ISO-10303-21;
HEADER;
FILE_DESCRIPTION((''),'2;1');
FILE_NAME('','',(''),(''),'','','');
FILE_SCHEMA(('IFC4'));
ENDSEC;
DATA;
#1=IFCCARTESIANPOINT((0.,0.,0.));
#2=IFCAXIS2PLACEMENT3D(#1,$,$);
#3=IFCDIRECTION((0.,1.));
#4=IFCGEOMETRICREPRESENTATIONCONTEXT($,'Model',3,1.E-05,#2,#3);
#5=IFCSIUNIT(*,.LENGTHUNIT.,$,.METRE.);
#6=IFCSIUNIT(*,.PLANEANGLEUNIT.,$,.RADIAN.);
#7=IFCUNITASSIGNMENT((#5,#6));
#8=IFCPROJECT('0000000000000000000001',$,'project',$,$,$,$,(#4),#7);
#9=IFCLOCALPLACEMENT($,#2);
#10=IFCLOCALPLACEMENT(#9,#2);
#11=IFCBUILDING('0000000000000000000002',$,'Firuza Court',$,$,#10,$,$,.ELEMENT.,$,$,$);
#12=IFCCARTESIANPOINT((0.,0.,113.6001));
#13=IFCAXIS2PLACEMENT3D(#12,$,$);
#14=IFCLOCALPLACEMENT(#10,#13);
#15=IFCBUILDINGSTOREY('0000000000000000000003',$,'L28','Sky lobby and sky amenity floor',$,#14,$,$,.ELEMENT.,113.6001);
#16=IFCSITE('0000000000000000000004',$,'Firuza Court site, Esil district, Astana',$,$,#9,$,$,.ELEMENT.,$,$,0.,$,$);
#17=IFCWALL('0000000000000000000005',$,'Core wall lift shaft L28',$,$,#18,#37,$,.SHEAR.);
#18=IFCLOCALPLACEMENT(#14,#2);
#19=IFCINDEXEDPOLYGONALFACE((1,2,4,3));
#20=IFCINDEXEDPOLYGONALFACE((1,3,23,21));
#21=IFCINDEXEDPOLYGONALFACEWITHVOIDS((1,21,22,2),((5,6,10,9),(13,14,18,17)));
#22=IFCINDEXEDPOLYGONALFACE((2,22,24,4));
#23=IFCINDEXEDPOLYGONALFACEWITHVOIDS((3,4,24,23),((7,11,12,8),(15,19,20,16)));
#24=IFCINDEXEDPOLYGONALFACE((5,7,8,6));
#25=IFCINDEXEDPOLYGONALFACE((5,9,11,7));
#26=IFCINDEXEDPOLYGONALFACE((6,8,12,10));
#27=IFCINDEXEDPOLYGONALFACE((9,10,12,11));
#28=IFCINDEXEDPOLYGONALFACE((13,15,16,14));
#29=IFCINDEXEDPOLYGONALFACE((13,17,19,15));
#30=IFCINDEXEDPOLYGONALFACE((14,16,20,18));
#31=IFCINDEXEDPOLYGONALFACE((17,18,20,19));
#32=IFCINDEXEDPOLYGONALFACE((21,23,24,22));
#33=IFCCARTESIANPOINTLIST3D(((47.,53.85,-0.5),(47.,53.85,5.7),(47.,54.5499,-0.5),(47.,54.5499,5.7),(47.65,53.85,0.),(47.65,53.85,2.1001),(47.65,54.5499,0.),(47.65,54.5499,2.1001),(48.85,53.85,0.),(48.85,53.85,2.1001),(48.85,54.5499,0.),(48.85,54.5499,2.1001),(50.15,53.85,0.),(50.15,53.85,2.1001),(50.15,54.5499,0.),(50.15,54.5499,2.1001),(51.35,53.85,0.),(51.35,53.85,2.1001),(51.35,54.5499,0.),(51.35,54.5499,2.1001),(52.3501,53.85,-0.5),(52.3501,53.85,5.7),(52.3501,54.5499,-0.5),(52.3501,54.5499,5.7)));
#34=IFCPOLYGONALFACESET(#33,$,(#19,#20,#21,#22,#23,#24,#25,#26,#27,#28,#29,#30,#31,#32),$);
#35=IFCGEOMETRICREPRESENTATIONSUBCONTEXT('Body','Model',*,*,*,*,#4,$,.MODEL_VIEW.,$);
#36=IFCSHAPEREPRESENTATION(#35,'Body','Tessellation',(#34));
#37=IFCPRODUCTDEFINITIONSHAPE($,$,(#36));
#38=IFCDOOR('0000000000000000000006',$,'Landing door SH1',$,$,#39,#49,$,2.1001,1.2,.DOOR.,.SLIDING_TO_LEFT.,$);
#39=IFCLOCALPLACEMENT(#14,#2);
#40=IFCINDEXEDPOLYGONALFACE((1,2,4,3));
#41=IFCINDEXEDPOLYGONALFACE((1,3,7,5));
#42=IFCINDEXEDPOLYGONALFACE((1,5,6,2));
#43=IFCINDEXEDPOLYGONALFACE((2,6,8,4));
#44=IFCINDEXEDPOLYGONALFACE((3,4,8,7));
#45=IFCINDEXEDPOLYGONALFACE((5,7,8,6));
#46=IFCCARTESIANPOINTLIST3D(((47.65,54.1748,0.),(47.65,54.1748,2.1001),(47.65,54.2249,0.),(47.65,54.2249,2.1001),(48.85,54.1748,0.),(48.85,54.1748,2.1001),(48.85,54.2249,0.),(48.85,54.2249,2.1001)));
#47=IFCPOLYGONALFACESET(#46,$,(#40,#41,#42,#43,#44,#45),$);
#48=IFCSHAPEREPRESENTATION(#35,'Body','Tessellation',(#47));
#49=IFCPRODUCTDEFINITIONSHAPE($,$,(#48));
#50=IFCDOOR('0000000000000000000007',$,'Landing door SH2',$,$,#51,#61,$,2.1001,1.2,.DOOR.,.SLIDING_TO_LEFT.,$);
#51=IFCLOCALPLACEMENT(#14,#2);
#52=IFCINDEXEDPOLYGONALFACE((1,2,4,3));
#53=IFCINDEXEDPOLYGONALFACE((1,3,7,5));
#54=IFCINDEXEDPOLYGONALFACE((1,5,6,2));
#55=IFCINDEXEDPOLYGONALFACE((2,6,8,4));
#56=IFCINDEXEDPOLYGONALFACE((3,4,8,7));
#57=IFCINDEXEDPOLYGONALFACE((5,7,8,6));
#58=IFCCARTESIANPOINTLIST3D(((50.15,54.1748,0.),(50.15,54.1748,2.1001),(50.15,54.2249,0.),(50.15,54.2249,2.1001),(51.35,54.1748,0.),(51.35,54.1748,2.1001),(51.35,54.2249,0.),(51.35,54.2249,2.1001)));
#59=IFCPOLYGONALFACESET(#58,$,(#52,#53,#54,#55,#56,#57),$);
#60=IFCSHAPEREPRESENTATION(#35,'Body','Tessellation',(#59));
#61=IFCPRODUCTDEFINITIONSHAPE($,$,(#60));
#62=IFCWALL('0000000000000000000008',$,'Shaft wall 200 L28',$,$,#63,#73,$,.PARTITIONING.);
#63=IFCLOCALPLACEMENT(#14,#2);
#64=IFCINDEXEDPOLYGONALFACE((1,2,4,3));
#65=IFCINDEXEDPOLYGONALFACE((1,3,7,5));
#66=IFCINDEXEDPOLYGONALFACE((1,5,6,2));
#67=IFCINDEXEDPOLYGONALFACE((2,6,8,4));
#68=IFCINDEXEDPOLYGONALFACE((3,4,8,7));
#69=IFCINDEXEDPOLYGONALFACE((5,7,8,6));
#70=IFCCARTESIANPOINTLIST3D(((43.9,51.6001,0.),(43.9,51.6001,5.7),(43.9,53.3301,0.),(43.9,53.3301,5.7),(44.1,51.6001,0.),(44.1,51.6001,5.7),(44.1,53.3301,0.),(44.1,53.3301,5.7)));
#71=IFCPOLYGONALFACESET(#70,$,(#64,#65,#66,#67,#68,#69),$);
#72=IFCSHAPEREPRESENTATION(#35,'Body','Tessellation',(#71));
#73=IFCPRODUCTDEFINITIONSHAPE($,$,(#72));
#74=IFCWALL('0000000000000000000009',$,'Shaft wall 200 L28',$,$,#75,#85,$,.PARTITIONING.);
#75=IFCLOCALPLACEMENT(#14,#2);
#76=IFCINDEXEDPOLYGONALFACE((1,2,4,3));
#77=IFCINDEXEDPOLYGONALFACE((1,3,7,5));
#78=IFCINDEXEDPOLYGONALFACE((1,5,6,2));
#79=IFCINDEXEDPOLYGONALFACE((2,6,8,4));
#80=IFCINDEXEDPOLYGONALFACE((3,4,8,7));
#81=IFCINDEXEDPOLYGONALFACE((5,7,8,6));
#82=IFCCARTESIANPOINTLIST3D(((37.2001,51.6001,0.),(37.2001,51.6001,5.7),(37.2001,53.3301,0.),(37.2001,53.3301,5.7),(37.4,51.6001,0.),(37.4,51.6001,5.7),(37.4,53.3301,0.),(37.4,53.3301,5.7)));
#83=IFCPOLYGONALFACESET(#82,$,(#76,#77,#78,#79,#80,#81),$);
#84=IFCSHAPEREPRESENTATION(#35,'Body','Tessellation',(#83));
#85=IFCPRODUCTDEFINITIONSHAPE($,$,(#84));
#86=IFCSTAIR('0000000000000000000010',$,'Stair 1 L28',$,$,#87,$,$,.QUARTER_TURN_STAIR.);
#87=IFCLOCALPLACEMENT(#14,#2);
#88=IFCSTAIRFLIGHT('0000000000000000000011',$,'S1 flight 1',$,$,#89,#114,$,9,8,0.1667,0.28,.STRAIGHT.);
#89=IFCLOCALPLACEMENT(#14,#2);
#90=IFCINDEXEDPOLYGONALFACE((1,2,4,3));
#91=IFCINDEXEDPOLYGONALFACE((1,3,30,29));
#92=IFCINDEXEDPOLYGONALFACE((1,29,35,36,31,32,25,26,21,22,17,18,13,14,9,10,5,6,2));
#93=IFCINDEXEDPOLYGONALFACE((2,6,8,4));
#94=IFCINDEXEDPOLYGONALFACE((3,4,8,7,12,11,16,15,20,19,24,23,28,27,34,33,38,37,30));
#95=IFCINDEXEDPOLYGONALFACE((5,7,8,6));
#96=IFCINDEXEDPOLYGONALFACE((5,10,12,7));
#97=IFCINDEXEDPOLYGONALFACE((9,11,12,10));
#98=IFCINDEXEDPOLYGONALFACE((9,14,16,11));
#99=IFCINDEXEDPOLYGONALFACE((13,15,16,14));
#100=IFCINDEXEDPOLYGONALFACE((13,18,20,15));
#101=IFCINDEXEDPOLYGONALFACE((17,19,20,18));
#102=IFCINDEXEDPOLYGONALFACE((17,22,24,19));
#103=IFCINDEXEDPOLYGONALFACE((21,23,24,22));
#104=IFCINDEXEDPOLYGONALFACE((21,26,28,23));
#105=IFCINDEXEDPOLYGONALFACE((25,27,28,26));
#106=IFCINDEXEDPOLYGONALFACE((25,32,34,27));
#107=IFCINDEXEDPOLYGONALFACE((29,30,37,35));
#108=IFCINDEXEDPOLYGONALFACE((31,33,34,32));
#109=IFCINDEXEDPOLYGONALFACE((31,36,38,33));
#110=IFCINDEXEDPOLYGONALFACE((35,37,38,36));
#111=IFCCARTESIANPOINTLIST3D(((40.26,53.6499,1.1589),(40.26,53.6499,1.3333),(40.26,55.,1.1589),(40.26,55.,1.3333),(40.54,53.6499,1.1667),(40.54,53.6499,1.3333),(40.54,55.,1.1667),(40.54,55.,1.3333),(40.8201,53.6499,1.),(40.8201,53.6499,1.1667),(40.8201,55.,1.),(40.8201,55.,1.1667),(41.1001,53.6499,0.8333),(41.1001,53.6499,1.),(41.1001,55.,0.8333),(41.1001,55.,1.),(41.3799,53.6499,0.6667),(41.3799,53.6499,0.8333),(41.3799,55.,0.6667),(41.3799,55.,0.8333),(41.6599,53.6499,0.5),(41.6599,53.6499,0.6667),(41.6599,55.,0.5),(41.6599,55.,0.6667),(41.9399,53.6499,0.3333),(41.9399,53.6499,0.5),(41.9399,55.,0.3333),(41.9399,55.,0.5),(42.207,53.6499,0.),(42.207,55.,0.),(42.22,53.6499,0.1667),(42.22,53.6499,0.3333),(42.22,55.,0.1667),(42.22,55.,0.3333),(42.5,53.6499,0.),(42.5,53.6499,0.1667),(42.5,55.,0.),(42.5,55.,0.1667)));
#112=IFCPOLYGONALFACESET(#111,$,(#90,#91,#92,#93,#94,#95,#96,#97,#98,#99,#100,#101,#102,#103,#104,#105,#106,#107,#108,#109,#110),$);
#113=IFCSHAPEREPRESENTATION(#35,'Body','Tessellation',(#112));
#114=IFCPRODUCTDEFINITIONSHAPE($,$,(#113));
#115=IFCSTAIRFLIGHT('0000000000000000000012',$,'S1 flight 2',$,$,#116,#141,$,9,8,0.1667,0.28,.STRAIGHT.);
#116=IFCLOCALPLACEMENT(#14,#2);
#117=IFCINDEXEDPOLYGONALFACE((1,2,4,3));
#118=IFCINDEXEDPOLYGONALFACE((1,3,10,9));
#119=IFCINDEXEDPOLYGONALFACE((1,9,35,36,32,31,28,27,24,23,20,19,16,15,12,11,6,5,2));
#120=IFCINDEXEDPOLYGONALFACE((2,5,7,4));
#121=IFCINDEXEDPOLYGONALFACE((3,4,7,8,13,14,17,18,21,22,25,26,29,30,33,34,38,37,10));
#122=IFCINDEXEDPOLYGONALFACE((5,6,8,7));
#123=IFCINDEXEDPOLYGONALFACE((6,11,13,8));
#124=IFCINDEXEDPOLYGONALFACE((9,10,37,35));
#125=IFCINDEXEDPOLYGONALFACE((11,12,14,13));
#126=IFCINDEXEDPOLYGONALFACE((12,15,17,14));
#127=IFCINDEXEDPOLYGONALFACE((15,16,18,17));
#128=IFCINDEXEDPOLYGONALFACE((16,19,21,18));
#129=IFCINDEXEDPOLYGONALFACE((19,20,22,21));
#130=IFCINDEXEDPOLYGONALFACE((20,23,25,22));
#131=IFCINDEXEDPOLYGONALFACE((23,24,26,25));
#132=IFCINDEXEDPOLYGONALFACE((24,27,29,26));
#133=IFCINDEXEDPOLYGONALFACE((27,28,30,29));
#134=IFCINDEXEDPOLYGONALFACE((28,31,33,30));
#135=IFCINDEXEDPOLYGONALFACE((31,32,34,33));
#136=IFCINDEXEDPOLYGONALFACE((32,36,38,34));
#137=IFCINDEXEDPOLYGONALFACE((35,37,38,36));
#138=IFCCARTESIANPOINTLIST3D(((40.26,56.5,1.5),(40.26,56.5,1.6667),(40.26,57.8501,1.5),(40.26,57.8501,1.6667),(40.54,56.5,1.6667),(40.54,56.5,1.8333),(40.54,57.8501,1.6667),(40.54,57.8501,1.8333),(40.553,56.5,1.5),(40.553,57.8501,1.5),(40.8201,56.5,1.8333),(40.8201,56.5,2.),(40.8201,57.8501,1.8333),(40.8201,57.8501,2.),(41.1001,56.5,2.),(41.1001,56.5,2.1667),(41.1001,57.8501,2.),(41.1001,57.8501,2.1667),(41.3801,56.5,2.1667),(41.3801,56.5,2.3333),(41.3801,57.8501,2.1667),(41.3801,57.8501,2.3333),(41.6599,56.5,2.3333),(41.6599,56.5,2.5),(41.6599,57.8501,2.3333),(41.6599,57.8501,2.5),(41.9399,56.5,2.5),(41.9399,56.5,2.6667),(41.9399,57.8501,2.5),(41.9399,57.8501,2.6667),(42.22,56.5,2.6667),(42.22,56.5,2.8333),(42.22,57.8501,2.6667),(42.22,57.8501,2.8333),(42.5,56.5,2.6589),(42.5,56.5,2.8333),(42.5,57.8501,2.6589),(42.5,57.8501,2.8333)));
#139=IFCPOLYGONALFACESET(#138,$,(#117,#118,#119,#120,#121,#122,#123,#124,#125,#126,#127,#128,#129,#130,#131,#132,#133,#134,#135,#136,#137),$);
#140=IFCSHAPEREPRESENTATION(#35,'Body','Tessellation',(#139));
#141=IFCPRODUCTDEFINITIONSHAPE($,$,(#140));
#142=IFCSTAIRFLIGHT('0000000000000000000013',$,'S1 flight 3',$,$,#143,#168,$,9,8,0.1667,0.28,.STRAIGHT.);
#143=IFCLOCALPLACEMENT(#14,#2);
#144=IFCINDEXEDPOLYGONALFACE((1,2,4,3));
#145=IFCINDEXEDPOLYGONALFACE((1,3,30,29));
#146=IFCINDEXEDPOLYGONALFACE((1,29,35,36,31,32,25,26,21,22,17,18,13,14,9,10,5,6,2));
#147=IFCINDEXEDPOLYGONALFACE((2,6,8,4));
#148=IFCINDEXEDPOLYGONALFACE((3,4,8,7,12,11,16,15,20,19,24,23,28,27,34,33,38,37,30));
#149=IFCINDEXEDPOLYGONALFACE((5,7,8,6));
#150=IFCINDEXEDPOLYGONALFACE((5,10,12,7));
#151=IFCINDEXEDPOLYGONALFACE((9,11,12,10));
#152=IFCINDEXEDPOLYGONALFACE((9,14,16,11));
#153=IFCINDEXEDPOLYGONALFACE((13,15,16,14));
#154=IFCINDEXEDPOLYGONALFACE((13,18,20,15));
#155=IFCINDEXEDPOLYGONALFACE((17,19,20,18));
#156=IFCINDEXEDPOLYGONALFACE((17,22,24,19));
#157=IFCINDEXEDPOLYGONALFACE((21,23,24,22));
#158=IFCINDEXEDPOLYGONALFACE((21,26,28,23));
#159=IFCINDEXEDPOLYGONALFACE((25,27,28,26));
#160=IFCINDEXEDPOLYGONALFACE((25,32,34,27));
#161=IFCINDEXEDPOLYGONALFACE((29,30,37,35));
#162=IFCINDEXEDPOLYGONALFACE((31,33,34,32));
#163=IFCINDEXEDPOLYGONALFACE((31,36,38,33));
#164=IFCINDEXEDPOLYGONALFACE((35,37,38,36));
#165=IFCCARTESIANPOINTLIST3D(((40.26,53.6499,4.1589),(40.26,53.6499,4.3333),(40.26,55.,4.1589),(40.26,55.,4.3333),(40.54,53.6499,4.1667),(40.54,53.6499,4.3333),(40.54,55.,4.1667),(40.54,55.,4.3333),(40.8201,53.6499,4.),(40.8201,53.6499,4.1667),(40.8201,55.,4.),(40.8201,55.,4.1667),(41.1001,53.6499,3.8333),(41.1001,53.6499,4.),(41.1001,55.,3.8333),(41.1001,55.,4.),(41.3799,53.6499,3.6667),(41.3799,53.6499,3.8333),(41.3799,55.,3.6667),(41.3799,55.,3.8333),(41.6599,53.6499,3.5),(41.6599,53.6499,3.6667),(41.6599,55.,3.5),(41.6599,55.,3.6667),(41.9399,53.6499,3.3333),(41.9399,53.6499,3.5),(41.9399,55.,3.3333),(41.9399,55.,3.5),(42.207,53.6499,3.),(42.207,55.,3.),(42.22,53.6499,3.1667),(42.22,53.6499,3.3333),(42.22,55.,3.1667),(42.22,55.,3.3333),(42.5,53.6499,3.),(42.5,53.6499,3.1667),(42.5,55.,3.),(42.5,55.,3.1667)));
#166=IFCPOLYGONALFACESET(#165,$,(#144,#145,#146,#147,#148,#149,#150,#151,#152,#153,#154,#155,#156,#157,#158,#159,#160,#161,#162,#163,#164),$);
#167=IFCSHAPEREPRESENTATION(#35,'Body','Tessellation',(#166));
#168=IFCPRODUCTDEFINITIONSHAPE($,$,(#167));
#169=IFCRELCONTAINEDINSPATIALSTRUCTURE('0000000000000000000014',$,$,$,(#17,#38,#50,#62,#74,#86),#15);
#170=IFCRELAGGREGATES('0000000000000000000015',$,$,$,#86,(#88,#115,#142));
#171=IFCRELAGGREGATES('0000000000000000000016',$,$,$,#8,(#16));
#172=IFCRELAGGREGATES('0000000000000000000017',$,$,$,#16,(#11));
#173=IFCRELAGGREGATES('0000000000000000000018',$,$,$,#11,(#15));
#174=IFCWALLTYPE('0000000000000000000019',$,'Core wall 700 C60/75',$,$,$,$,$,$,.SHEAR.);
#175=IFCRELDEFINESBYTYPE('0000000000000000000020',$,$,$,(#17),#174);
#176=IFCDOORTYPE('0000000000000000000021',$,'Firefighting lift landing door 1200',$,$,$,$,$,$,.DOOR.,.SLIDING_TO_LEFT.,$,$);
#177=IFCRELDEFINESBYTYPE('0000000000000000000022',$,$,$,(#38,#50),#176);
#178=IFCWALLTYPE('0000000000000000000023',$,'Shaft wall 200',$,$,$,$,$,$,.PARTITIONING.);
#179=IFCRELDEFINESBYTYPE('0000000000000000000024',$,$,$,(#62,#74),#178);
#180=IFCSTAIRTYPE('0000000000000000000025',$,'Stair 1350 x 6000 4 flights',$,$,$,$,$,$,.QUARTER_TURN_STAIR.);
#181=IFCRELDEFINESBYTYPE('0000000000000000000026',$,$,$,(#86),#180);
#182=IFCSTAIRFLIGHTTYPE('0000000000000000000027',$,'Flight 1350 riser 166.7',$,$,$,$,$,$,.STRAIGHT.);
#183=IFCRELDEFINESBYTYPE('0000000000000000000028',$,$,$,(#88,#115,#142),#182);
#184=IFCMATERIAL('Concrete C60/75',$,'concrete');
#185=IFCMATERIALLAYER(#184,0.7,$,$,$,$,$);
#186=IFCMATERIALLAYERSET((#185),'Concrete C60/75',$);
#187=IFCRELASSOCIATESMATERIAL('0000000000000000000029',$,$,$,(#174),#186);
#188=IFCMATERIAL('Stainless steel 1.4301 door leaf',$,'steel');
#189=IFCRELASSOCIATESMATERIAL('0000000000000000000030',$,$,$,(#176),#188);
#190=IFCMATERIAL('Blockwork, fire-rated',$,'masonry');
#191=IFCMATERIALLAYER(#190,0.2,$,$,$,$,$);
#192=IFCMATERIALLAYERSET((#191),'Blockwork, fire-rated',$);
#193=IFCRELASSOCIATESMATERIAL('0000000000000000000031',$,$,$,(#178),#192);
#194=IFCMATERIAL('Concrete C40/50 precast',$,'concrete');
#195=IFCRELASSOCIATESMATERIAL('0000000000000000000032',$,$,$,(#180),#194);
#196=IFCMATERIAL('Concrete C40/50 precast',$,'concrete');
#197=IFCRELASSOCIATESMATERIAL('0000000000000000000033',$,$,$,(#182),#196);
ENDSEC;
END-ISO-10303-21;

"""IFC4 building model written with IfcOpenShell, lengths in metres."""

from ifc_helpers import new_model, si_unit, direction, frame, frame_2d, origin, place, context, subcontext, project, spatial, polyline, rectangle, outline, extrude, material, layer, layer_set, type_object, element, fill, aggregate, save


model = new_model("IFC4")

# Units and contexts
model_context = context("Model", 3, precision=1e-05, world=origin(), true_north=direction((0.0, 1.0)))
body_context = subcontext(model_context, "Body", "Model", "MODEL_VIEW")
ifc_project = project(units=[si_unit("LENGTHUNIT", "METRE"), si_unit("PLANEANGLEUNIT", "RADIAN")], contexts=[model_context])

# Site, building, storey
site_placement = place(None, origin())
site = spatial("IfcSite", under=ifc_project, at=site_placement, Name="Firuza Court site, Esil district, Astana", CompositionType="ELEMENT", RefElevation=0.0)
building_placement = place(site_placement, origin())
building = spatial("IfcBuilding", under=site, at=building_placement, Name="Firuza Court", CompositionType="ELEMENT")
storey_placement = place(building_placement, frame((0.0, 0.0, 113.6001)))
storey = spatial("IfcBuildingStorey", under=building, at=storey_placement, Name="L28", Description="Sky lobby and sky amenity floor", CompositionType="ELEMENT", Elevation=113.6001)

# Shared definitions
ifc_material_1 = material(Name="Concrete C60/75", Category="concrete")

# Wall, openings, doors
ifc_layer_1 = layer(ifc_material_1, 0.7)
ifc_layer_set_1 = layer_set([ifc_layer_1], Name="Concrete C60/75")
wall_type_1 = type_object("IfcWallType", Name="Core wall 700 C60/75", PredefinedType="SHEAR", material=ifc_layer_set_1)
wall_1_placement = place(storey_placement, frame((47.0, 54.2, -0.5), z_axis=(0.0, 0.0, 1.0), x_axis=(1.0, 0.0, 0.0)))
wall_1 = element("IfcWall", 1, at=wall_1_placement, inside=storey, type_object=wall_type_1, Name="Core wall lift shaft L28", PredefinedType="SHEAR", context=body_context, shape_type="SweptSolid", body=[
    extrude(rectangle(XDim=5.3501, YDim=0.7, at=frame_2d((2.675, 0.0))), origin(), (0.0, 0.0, 1.0), 6.2),
])
opening_1_placement = place(wall_1_placement, frame((0.6499, 0.0, 0.5)))
opening_1 = element("IfcOpeningElement", 2, at=opening_1_placement, cuts=wall_1, PredefinedType="OPENING", context=body_context, shape_type="SweptSolid", body=[
    extrude(rectangle(XDim=1.2, YDim=2.1001, at=frame_2d((0.6001, 1.05))), frame((0.0, 0.3618, 0.0), z_axis=(0.0, -1.0, 0.0), x_axis=(1.0, 0.0, 0.0)), (0.0, 0.0, 1.0), 0.7239),
])
opening_2_placement = place(wall_1_placement, frame((3.1499, 0.0, 0.5)))
opening_2 = element("IfcOpeningElement", 3, at=opening_2_placement, cuts=wall_1, PredefinedType="OPENING", context=body_context, shape_type="SweptSolid", body=[
    extrude(rectangle(XDim=1.2, YDim=2.1001, at=frame_2d((0.6001, 1.05))), frame((0.0, 0.3618, 0.0), z_axis=(0.0, -1.0, 0.0), x_axis=(1.0, 0.0, 0.0)), (0.0, 0.0, 1.0), 0.7239),
])
ifc_material_2 = material(Name="Stainless steel 1.4301 door leaf", Category="steel")
door_type_1 = type_object("IfcDoorType", Name="Firefighting lift landing door 1200", OperationType="SLIDING_TO_LEFT", PredefinedType="DOOR", material=ifc_material_2)
door_1_placement = place(opening_1_placement, origin())
door_1 = element("IfcDoor", 4, at=door_1_placement, inside=storey, type_object=door_type_1, Name="Landing door SH1", OperationType="SLIDING_TO_LEFT", OverallHeight=2.1001, OverallWidth=1.2, PredefinedType="DOOR", context=body_context, shape_type="SweptSolid", body=[
    extrude(rectangle(XDim=1.2, YDim=2.1001, at=frame_2d((0.6001, 1.05))), frame((0.0, 0.0249, 0.0), z_axis=(0.0, -1.0, 0.0), x_axis=(1.0, 0.0, 0.0)), (0.0, 0.0, 1.0), 0.05),
])
fill(opening_1, door_1)
door_2_placement = place(opening_2_placement, origin())
door_2 = element("IfcDoor", 5, at=door_2_placement, inside=storey, type_object=door_type_1, Name="Landing door SH2", OperationType="SLIDING_TO_LEFT", OverallHeight=2.1001, OverallWidth=1.2, PredefinedType="DOOR", context=body_context, shape_type="SweptSolid", body=[
    extrude(rectangle(XDim=1.2, YDim=2.1001, at=frame_2d((0.6001, 1.05))), frame((0.0, 0.0249, 0.0), z_axis=(0.0, -1.0, 0.0), x_axis=(1.0, 0.0, 0.0)), (0.0, 0.0, 1.0), 0.05),
])
fill(opening_2, door_2)

# Walls
ifc_material_3 = material(Name="Blockwork, fire-rated", Category="masonry")
ifc_layer_2 = layer(ifc_material_3, 0.2)
ifc_layer_set_2 = layer_set([ifc_layer_2], Name="Blockwork, fire-rated")
wall_type_2 = type_object("IfcWallType", Name="Shaft wall 200", PredefinedType="PARTITIONING", material=ifc_layer_set_2)
for number, where, z_axis, x_axis, name in (
    (6, (44.0, 51.6001, 0.0), (0.0, 0.0, 1.0), (0.0, 1.0, 0.0), "Shaft wall 200 L28"),
    (7, (37.3, 51.6001, 0.0), (0.0, 0.0, 1.0), (0.0, 1.0, 0.0), "Shaft wall 200 L28"),
):
    element("IfcWall", number, at=place(storey_placement, frame(where, z_axis=z_axis, x_axis=x_axis)), inside=storey, type_object=wall_type_2, Name=name, PredefinedType="PARTITIONING", context=body_context, shape_type="SweptSolid", body=[
        extrude(rectangle(XDim=1.73, YDim=0.2, at=frame_2d((0.865, 0.0))), origin(), (0.0, 0.0, 1.0), 5.7),
    ])

# Stair, stair flights
ifc_material_4 = material(Name="Concrete C40/50 precast", Category="concrete")
stair_type = type_object("IfcStairType", Name="Stair 1350 x 6000 4 flights", PredefinedType="QUARTER_TURN_STAIR", material=ifc_material_4)
stair_placement = place(storey_placement, origin())
stair = element("IfcStair", 8, at=stair_placement, inside=storey, type_object=stair_type, Name="Stair 1 L28", PredefinedType="QUARTER_TURN_STAIR")
ifc_material_5 = material(Name="Concrete C40/50 precast", Category="concrete")
stair_flight_type = type_object("IfcStairFlightType", Name="Flight 1350 riser 166.7", PredefinedType="STRAIGHT", material=ifc_material_5)
stair_flight_1_placement = place(storey_placement, frame((42.5, 54.325, 0.0), z_axis=(0.0, 0.0, 1.0), x_axis=(-1.0, 0.0, 0.0)))
stair_flight_1 = element("IfcStairFlight", 9, at=stair_flight_1_placement, type_object=stair_flight_type, Name="S1 flight 1", NumberOfRisers=9, NumberOfTreads=8, PredefinedType="STRAIGHT", RiserHeight=0.1667, TreadLength=0.28, context=body_context, shape_type="SweptSolid", body=[
    extrude(outline(polyline([(0.0, 0.0), (0.0, 0.1667), (0.28, 0.1667), (0.28, 0.3333), (0.5601, 0.3333), (0.5601, 0.5), (0.8401, 0.5), (0.8401, 0.6667), (1.1201, 0.6667), (1.1201, 0.8333), (1.3999, 0.8333), (1.3999, 1.0), (1.6799, 1.0), (1.6799, 1.1667), (1.96, 1.1667), (1.96, 1.3333), (2.24, 1.3333), (2.24, 1.5), (2.24, 1.1589), (0.293, 0.0), (0.0, 0.0)])), frame((0.0, 0.675, 0.0), z_axis=(0.0, -1.0, 0.0), x_axis=(1.0, 0.0, 0.0)), (0.0, 0.0, 1.0), 1.3501),
])
stair_flight_2_placement = place(storey_placement, frame((40.26, 57.175, 1.5), z_axis=(0.0, 0.0, 1.0), x_axis=(1.0, 0.0, 0.0)))
stair_flight_2 = element("IfcStairFlight", 10, at=stair_flight_2_placement, type_object=stair_flight_type, Name="S1 flight 2", NumberOfRisers=9, NumberOfTreads=8, PredefinedType="STRAIGHT", RiserHeight=0.1667, TreadLength=0.28, context=body_context, shape_type="SweptSolid", body=[
    extrude(outline(polyline([(0.0, 0.0), (0.0, 0.1667), (0.28, 0.1667), (0.28, 0.3333), (0.5601, 0.3333), (0.5601, 0.5), (0.8401, 0.5), (0.8401, 0.6667), (1.1201, 0.6667), (1.1201, 0.8333), (1.3999, 0.8333), (1.3999, 1.0), (1.6799, 1.0), (1.6799, 1.1667), (1.96, 1.1667), (1.96, 1.3333), (2.24, 1.3333), (2.24, 1.5), (2.24, 1.1589), (0.293, 0.0), (0.0, 0.0)])), frame((0.0, 0.675, 0.0), z_axis=(0.0, -1.0, 0.0), x_axis=(1.0, 0.0, 0.0)), (0.0, 0.0, 1.0), 1.3501),
])
stair_flight_3_placement = place(storey_placement, frame((42.5, 54.325, 3.0), z_axis=(0.0, 0.0, 1.0), x_axis=(-1.0, 0.0, 0.0)))
stair_flight_3 = element("IfcStairFlight", 11, at=stair_flight_3_placement, type_object=stair_flight_type, Name="S1 flight 3", NumberOfRisers=9, NumberOfTreads=8, PredefinedType="STRAIGHT", RiserHeight=0.1667, TreadLength=0.28, context=body_context, shape_type="SweptSolid", body=[
    extrude(outline(polyline([(0.0, 0.0), (0.0, 0.1667), (0.28, 0.1667), (0.28, 0.3333), (0.5601, 0.3333), (0.5601, 0.5), (0.8401, 0.5), (0.8401, 0.6667), (1.1201, 0.6667), (1.1201, 0.8333), (1.3999, 0.8333), (1.3999, 1.0), (1.6799, 1.0), (1.6799, 1.1667), (1.96, 1.1667), (1.96, 1.3333), (2.24, 1.3333), (2.24, 1.5), (2.24, 1.1589), (0.293, 0.0), (0.0, 0.0)])), frame((0.0, 0.675, 0.0), z_axis=(0.0, -1.0, 0.0), x_axis=(1.0, 0.0, 0.0)), (0.0, 0.0, 1.0), 1.3501),
])
aggregate(stair, [stair_flight_1, stair_flight_2, stair_flight_3])

save(model, "model.ifc")
